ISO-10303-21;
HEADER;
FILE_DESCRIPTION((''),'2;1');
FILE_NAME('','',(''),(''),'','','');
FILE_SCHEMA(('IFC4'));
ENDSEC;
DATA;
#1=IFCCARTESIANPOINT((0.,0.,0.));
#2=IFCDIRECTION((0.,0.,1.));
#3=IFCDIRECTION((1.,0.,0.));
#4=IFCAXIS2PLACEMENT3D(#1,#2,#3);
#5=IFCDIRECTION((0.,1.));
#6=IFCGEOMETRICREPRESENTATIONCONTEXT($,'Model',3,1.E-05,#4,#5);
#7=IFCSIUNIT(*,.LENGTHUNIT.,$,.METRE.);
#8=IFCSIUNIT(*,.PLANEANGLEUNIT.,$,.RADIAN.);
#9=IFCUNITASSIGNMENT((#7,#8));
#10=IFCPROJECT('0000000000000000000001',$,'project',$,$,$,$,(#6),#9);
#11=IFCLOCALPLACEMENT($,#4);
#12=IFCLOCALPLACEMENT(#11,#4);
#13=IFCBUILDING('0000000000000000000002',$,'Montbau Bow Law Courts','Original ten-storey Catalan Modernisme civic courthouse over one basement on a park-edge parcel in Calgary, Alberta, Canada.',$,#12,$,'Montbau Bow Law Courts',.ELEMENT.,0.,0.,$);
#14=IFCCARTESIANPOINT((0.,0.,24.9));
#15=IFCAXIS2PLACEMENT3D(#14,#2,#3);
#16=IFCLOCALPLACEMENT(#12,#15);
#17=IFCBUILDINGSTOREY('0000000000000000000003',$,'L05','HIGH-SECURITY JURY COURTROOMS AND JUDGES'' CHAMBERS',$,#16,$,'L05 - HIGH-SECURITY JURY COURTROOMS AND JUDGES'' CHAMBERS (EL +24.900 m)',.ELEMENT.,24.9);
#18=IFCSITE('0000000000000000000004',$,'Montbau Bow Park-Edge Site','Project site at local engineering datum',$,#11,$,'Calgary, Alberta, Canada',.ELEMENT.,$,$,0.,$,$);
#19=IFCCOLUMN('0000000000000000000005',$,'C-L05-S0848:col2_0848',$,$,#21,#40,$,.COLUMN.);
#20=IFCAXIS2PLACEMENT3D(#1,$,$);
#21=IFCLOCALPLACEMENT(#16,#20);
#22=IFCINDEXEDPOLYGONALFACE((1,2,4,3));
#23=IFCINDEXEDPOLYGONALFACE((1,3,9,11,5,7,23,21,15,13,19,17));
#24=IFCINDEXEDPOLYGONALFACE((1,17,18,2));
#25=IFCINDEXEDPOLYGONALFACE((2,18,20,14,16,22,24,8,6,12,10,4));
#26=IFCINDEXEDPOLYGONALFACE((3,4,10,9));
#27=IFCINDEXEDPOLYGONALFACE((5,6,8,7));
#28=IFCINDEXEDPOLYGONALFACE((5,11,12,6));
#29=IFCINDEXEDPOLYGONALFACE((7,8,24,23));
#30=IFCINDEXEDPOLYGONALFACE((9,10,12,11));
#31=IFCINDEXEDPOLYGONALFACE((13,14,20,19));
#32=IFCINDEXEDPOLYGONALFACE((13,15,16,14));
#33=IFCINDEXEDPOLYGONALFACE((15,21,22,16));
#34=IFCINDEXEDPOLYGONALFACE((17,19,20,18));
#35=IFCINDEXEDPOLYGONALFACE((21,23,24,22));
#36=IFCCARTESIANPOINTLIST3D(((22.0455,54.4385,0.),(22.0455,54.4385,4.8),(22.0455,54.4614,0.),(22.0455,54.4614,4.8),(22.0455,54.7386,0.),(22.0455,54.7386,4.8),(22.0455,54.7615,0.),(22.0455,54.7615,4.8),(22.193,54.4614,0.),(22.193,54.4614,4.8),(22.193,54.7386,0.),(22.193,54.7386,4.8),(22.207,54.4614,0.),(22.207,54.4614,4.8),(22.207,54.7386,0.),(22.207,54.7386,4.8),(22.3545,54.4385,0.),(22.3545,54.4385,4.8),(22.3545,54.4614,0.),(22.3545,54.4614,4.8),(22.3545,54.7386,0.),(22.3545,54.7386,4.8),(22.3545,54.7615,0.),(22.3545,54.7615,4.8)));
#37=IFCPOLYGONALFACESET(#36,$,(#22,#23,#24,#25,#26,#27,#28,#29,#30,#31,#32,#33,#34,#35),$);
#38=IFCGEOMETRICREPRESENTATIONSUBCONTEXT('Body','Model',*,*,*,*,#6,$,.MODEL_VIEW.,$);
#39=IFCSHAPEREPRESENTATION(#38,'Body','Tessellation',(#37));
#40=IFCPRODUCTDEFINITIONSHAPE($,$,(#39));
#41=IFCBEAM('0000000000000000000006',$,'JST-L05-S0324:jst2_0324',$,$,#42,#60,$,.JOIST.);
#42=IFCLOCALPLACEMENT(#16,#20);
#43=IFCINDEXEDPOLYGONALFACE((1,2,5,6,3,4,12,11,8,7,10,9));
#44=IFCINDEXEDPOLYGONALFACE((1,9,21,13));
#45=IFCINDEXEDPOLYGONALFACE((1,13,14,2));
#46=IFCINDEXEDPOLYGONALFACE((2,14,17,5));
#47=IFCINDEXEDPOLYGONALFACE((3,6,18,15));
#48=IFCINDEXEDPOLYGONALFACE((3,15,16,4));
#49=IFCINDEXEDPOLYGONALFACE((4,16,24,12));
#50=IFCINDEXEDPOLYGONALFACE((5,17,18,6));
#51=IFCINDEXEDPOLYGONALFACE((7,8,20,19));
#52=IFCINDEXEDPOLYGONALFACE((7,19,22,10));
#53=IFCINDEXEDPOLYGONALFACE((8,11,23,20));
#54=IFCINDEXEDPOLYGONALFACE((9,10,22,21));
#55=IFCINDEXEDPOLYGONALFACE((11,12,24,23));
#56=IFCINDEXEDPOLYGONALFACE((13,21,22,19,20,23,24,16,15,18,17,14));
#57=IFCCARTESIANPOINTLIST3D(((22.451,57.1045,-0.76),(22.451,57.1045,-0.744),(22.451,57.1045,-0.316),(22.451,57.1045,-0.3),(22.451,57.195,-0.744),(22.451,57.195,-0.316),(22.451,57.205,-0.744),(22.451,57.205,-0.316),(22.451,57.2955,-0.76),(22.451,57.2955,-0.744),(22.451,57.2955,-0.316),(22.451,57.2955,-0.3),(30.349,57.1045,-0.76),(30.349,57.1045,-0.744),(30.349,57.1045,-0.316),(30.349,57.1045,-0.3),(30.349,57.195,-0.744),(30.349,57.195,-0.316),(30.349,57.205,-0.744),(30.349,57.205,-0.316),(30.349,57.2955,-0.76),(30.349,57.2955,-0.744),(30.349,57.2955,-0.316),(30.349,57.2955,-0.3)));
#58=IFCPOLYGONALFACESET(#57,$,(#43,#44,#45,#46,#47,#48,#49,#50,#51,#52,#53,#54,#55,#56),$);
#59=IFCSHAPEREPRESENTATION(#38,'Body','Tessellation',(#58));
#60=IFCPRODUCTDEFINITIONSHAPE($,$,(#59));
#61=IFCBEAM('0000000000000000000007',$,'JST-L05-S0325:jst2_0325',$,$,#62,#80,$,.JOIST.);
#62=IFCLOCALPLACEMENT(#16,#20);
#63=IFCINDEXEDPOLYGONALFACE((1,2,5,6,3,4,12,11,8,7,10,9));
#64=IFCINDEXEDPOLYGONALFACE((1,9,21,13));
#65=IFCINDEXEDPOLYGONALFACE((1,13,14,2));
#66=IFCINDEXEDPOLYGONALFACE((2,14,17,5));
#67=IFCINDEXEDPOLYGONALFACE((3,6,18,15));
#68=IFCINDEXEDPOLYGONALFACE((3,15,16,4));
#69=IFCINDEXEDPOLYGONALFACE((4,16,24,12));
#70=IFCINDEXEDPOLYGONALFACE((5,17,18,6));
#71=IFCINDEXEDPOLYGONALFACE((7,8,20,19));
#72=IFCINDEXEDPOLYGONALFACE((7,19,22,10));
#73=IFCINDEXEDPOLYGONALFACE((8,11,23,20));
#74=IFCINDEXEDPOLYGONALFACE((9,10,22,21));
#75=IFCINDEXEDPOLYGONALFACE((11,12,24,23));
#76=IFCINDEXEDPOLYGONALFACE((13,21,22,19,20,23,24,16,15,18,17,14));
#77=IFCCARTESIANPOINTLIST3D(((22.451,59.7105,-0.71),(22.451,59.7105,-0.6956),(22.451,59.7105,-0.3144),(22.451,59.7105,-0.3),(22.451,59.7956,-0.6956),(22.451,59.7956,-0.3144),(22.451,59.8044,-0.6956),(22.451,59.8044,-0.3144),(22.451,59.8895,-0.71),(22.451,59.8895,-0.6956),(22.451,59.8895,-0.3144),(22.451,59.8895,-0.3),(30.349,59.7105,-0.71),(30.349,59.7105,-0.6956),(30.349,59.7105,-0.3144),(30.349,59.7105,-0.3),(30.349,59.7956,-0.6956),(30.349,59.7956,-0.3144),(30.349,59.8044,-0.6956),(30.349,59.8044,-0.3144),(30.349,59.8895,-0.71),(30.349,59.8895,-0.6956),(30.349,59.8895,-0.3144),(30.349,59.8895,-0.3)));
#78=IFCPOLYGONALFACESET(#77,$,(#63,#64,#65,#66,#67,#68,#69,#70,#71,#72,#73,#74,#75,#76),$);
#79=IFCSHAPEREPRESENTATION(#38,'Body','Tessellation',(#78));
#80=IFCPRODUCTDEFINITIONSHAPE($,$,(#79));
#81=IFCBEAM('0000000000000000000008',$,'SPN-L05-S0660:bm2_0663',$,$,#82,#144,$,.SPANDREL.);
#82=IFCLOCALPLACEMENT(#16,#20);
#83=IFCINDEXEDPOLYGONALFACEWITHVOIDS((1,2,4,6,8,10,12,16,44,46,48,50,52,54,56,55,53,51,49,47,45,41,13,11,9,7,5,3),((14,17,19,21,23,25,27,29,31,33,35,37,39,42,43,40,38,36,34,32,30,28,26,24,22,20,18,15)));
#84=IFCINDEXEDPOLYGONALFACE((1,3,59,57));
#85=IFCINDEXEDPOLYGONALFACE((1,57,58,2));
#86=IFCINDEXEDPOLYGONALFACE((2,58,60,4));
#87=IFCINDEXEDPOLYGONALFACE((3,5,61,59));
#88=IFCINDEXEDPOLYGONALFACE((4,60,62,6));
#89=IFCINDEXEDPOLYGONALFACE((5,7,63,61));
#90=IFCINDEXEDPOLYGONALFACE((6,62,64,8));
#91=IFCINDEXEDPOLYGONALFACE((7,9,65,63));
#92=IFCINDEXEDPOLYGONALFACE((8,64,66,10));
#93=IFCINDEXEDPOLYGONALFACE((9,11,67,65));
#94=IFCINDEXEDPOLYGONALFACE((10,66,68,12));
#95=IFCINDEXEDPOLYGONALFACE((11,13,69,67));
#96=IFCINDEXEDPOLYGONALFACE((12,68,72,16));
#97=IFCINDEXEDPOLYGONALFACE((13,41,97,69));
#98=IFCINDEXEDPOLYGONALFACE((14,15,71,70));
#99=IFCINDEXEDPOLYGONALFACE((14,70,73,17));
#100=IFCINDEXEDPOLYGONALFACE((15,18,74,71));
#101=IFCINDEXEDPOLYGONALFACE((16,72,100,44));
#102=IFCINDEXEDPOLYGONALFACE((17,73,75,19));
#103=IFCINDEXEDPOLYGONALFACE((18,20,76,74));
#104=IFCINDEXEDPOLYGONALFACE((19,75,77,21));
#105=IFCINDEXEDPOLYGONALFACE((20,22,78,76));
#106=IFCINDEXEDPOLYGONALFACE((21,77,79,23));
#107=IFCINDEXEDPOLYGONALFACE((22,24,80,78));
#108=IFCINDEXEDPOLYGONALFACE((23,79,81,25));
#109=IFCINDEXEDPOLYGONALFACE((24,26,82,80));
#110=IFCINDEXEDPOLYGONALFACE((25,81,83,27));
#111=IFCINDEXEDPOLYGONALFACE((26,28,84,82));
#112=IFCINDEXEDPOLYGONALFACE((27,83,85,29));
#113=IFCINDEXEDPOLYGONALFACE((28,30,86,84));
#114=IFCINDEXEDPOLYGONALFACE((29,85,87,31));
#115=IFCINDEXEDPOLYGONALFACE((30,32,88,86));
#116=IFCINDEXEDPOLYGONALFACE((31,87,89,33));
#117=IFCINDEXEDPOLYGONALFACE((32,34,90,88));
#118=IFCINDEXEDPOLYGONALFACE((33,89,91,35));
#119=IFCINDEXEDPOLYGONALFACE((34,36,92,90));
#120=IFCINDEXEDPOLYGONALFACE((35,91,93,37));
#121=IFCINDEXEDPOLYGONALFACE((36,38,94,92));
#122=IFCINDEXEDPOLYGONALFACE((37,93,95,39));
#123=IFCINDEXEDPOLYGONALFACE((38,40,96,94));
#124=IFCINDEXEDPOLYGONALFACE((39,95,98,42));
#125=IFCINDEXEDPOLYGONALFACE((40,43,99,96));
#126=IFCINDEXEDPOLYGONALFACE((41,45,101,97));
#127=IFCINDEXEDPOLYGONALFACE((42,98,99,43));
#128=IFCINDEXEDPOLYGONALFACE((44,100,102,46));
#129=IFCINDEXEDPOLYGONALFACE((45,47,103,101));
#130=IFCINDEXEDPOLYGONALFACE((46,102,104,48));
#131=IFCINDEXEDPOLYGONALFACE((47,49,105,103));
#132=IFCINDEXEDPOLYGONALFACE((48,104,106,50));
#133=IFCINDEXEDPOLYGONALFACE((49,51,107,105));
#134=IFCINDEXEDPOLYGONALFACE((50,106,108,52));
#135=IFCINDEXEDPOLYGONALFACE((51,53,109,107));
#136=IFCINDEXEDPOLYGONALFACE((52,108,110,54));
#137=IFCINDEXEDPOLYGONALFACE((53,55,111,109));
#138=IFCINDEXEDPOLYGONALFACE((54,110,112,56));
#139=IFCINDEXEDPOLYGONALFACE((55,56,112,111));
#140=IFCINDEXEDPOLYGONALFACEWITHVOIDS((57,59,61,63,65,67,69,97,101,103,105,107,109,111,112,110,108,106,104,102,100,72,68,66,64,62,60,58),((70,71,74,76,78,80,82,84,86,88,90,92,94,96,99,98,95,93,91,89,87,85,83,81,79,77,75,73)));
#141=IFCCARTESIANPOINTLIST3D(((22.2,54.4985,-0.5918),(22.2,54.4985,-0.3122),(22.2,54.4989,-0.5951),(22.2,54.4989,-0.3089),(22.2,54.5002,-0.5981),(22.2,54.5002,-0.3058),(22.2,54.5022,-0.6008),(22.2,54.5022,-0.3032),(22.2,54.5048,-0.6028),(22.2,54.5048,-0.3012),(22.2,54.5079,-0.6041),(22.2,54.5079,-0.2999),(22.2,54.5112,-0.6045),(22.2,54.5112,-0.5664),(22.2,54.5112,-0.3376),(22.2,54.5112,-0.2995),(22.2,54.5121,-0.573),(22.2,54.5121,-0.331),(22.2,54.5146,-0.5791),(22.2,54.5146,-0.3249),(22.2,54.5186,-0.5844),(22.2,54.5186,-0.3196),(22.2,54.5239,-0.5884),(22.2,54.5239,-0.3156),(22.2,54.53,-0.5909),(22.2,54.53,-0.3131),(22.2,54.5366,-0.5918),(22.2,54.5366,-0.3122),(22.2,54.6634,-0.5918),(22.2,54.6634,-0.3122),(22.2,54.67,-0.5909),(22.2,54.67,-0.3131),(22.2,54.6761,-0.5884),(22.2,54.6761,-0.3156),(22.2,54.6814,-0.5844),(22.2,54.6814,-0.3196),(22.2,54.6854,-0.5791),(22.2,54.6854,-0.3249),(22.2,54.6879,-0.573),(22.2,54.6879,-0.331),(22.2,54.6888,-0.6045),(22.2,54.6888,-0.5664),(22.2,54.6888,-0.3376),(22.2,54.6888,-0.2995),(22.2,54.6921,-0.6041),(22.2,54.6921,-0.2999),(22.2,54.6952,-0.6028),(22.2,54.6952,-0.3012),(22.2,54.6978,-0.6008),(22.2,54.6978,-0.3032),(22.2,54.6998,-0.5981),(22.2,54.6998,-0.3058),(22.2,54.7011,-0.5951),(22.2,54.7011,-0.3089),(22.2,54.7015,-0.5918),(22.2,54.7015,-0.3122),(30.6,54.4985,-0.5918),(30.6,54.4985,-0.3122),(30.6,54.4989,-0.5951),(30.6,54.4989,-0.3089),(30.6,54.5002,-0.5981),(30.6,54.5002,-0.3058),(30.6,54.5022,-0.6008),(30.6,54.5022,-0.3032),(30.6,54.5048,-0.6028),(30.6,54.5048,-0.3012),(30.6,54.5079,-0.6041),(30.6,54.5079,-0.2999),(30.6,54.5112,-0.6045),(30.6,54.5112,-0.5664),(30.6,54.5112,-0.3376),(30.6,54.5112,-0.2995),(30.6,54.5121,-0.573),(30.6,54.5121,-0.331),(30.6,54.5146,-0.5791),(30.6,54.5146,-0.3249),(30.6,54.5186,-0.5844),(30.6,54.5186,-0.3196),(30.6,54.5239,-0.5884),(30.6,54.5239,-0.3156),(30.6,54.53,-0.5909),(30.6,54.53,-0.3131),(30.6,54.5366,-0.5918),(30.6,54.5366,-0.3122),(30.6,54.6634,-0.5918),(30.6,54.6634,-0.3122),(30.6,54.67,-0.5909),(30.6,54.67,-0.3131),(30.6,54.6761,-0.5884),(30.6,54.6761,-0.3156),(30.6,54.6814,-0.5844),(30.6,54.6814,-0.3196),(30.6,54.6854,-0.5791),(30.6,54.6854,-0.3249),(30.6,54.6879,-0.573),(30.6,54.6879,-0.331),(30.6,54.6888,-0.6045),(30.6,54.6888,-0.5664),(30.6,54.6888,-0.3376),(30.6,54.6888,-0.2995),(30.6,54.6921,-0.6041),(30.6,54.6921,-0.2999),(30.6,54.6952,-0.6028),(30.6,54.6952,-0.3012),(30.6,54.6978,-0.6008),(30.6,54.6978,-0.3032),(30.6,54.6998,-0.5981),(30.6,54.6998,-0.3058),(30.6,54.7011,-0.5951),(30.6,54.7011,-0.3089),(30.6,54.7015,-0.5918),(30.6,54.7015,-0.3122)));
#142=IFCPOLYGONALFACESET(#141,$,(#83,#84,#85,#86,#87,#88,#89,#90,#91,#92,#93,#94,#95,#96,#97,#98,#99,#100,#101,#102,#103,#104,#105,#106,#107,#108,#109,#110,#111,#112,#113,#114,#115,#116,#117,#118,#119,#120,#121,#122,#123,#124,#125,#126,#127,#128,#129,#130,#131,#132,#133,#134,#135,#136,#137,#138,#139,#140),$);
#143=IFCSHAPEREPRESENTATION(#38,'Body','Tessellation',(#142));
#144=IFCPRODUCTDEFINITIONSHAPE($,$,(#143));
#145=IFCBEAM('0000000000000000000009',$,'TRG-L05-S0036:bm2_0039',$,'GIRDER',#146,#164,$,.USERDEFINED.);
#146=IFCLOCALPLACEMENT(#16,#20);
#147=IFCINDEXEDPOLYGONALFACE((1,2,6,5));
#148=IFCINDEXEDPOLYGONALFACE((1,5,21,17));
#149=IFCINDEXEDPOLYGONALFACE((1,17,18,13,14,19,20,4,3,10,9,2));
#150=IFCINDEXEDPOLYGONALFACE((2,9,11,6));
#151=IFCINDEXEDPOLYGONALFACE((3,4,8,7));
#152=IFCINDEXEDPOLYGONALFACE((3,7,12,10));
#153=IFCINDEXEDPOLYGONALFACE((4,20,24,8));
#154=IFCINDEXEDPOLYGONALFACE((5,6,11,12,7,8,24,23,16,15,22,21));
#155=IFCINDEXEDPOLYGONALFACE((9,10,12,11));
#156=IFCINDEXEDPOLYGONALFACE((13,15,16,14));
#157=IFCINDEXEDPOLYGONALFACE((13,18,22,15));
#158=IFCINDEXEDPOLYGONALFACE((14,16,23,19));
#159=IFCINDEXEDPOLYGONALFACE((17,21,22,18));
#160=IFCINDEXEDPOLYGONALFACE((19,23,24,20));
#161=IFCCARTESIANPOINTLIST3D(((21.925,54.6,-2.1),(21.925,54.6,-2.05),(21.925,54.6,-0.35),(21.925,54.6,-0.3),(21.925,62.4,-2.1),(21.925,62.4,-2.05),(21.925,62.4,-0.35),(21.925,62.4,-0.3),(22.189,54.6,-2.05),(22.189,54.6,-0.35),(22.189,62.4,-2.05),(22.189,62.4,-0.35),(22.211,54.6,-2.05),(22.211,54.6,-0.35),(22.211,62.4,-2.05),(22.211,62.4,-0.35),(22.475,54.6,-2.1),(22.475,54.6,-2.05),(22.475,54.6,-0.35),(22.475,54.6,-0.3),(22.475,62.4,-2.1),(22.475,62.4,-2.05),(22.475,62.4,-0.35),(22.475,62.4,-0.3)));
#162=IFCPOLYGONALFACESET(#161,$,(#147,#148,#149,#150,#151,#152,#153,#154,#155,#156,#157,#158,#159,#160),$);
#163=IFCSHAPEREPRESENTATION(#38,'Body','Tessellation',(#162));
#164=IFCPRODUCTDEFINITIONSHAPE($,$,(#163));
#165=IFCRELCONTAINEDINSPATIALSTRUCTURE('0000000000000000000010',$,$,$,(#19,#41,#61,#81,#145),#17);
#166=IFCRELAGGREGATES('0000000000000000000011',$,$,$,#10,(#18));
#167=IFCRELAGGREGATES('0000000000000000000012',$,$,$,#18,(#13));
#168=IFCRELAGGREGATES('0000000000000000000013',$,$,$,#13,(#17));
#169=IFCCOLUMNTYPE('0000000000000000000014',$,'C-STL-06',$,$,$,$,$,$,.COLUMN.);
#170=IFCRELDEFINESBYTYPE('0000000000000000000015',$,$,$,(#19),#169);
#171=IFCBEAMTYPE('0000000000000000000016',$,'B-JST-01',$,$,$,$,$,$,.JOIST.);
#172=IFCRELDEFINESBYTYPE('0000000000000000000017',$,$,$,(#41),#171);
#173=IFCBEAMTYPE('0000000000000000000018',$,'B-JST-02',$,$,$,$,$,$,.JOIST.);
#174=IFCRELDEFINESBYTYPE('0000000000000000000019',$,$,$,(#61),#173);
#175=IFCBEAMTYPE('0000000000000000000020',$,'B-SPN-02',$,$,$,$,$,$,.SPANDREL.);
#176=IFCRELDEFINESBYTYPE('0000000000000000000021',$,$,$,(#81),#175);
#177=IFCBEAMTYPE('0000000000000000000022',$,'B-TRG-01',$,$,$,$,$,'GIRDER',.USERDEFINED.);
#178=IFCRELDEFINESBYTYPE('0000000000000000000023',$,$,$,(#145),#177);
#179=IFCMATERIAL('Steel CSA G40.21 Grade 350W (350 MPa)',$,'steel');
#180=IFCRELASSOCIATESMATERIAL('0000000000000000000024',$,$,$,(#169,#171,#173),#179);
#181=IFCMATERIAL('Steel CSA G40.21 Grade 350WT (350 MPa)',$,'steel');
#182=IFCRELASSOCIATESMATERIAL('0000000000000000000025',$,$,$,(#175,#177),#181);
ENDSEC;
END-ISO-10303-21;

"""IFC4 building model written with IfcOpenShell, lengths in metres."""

from ifc_helpers import new_model, si_unit, direction, frame, origin_with_axes, origin_2d_with_axis, place, context, subcontext, project, spatial, hollow_rectangle, i_section, extrude, material, material_profile, profile_set, type_object, element, save


model = new_model("IFC4")

# Units and contexts
model_context = context("Model", 3, precision=1e-05, world=origin_with_axes(), true_north=direction((0.0, 1.0)))
body_context = subcontext(model_context, "Body", "Model", "MODEL_VIEW")
ifc_project = project(units=[si_unit("LENGTHUNIT", "METRE"), si_unit("PLANEANGLEUNIT", "RADIAN")], contexts=[model_context])

# Site, building, storey
site_placement = place(None, origin_with_axes())
site = spatial("IfcSite", under=ifc_project, at=site_placement, Name="Montbau Bow Park-Edge Site", Description="Project site at local engineering datum", LongName="Calgary, Alberta, Canada", CompositionType="ELEMENT", RefElevation=0.0)
building_placement = place(site_placement, origin_with_axes())
building = spatial("IfcBuilding", under=site, at=building_placement, Name="Montbau Bow Law Courts", Description="Original ten-storey Catalan Modernisme civic courthouse over one basement on a park-edge parcel in Calgary, Alberta, Canada.", LongName="Montbau Bow Law Courts", CompositionType="ELEMENT", ElevationOfRefHeight=0.0, ElevationOfTerrain=0.0)
storey_placement = place(building_placement, frame((0.0, 0.0, 24.9), z_axis=(0.0, 0.0, 1.0), x_axis=(1.0, 0.0, 0.0)))
storey = spatial("IfcBuildingStorey", under=building, at=storey_placement, Name="L05", Description="HIGH-SECURITY JURY COURTROOMS AND JUDGES' CHAMBERS", LongName="L05 - HIGH-SECURITY JURY COURTROOMS AND JUDGES' CHAMBERS (EL +24.900 m)", CompositionType="ELEMENT", Elevation=24.9)

# Column
ifc_material_1 = material(Name="Steel CSA G40.21 Grade 350W (350 MPa)", Category="steel")
ifc_material_profile_1 = material_profile(ifc_material_1, i_section(OverallWidth=0.309, OverallDepth=0.323, WebThickness=0.014, FlangeThickness=0.0229, at=origin_2d_with_axis()), Name="W310X143", Category="Main", Priority=0)
ifc_profile_set_1 = profile_set([ifc_material_profile_1], Name="Steel CSA G40.21 Grade 350W (350 MPa)")
column_type = type_object("IfcColumnType", Name="C-STL-06", PredefinedType="COLUMN", material=ifc_profile_set_1)
column_placement = place(None, frame((22.2, 54.6, 24.9), z_axis=(0.0, 0.0, 1.0), x_axis=(1.0, 0.0, 0.0)))
element("IfcColumn", 1, at=column_placement, inside=storey, type_object=column_type, Name="C-L05-S0848:col2_0848", PredefinedType="COLUMN", context=body_context, shape_type="SweptSolid", body=[
    extrude(i_section(OverallWidth=0.309, OverallDepth=0.323, WebThickness=0.014, FlangeThickness=0.0229, at=origin_2d_with_axis()), origin_with_axes(), (0.0, 0.0, 1.0), 4.8),
])

# Beams
ifc_material_profile_2 = material_profile(ifc_material_1, i_section(OverallWidth=0.191, OverallDepth=0.46, WebThickness=0.0099, FlangeThickness=0.016, at=origin_2d_with_axis()), Name="W460X82", Category="Main", Priority=0)
ifc_profile_set_2 = profile_set([ifc_material_profile_2], Name="Steel CSA G40.21 Grade 350W (350 MPa)")
beam_type_1 = type_object("IfcBeamType", Name="B-JST-01", PredefinedType="JOIST", material=ifc_profile_set_2)
beam_1_placement = place(None, frame((22.451, 57.2, 24.37), z_axis=(1.0, 0.0, 0.0), x_axis=(0.0, 1.0, 0.0)))
element("IfcBeam", 2, at=beam_1_placement, inside=storey, type_object=beam_type_1, Name="JST-L05-S0324:jst2_0324", PredefinedType="JOIST", context=body_context, shape_type="SweptSolid", body=[
    extrude(i_section(OverallWidth=0.191, OverallDepth=0.46, WebThickness=0.0099, FlangeThickness=0.016, at=origin_2d_with_axis()), origin_with_axes(), (0.0, 0.0, 1.0), 7.898),
])
ifc_material_profile_3 = material_profile(ifc_material_1, i_section(OverallWidth=0.179, OverallDepth=0.41, WebThickness=0.0088, FlangeThickness=0.0144, at=origin_2d_with_axis()), Name="W410X67", Category="Main", Priority=0)
ifc_profile_set_3 = profile_set([ifc_material_profile_3], Name="Steel CSA G40.21 Grade 350W (350 MPa)")
beam_type_2 = type_object("IfcBeamType", Name="B-JST-02", PredefinedType="JOIST", material=ifc_profile_set_3)
beam_2_placement = place(None, frame((22.451, 59.8, 24.395), z_axis=(1.0, 0.0, 0.0), x_axis=(0.0, 1.0, 0.0)))
element("IfcBeam", 3, at=beam_2_placement, inside=storey, type_object=beam_type_2, Name="JST-L05-S0325:jst2_0325", PredefinedType="JOIST", context=body_context, shape_type="SweptSolid", body=[
    extrude(i_section(OverallWidth=0.179, OverallDepth=0.41, WebThickness=0.0088, FlangeThickness=0.0144, at=origin_2d_with_axis()), origin_with_axes(), (0.0, 0.0, 1.0), 7.898),
])
ifc_material_2 = material(Name="Steel CSA G40.21 Grade 350WT (350 MPa)", Category="steel")
ifc_material_profile_4 = material_profile(ifc_material_2, hollow_rectangle(XDim=0.203, YDim=0.305, WallThickness=0.0127, InnerFilletRadius=0.0254, OuterFilletRadius=0.0127, at=origin_2d_with_axis()), Name="HSS305X203X13", Category="Main", Priority=0)
ifc_profile_set_4 = profile_set([ifc_material_profile_4], Name="Steel CSA G40.21 Grade 350WT (350 MPa)")
beam_type_3 = type_object("IfcBeamType", Name="B-SPN-02", PredefinedType="SPANDREL", material=ifc_profile_set_4)
beam_3_placement = place(None, frame((22.2, 54.6, 24.448), z_axis=(1.0, 0.0, 0.0), x_axis=(0.0, 1.0, 0.0)))
element("IfcBeam", 4, at=beam_3_placement, inside=storey, type_object=beam_type_3, Name="SPN-L05-S0660:bm2_0663", PredefinedType="SPANDREL", context=body_context, shape_type="SweptSolid", body=[
    extrude(hollow_rectangle(XDim=0.203, YDim=0.305, WallThickness=0.0127, InnerFilletRadius=0.0254, OuterFilletRadius=0.0127, at=origin_2d_with_axis()), origin_with_axes(), (0.0, 0.0, 1.0), 8.4),
])
ifc_material_profile_5 = material_profile(ifc_material_2, i_section(OverallWidth=0.55, OverallDepth=1.8, WebThickness=0.022, FlangeThickness=0.05, at=origin_2d_with_axis()), Name="WWF1800X550", Category="Main", Priority=0)
ifc_profile_set_5 = profile_set([ifc_material_profile_5], Name="Steel CSA G40.21 Grade 350WT (350 MPa)")
beam_type_4 = type_object("IfcBeamType", Name="B-TRG-01", ElementType="GIRDER", PredefinedType="USERDEFINED", material=ifc_profile_set_5)
beam_4_placement = place(None, frame((22.2, 54.6, 23.7), z_axis=(0.0, 1.0, 0.0), x_axis=(-1.0, 0.0, 0.0)))
element("IfcBeam", 5, at=beam_4_placement, inside=storey, type_object=beam_type_4, Name="TRG-L05-S0036:bm2_0039", ObjectType="GIRDER", PredefinedType="USERDEFINED", context=body_context, shape_type="SweptSolid", body=[
    extrude(i_section(OverallWidth=0.55, OverallDepth=1.8, WebThickness=0.022, FlangeThickness=0.05, at=origin_2d_with_axis()), origin_with_axes(), (0.0, 0.0, 1.0), 7.8),
])

save(model, "model.ifc")
